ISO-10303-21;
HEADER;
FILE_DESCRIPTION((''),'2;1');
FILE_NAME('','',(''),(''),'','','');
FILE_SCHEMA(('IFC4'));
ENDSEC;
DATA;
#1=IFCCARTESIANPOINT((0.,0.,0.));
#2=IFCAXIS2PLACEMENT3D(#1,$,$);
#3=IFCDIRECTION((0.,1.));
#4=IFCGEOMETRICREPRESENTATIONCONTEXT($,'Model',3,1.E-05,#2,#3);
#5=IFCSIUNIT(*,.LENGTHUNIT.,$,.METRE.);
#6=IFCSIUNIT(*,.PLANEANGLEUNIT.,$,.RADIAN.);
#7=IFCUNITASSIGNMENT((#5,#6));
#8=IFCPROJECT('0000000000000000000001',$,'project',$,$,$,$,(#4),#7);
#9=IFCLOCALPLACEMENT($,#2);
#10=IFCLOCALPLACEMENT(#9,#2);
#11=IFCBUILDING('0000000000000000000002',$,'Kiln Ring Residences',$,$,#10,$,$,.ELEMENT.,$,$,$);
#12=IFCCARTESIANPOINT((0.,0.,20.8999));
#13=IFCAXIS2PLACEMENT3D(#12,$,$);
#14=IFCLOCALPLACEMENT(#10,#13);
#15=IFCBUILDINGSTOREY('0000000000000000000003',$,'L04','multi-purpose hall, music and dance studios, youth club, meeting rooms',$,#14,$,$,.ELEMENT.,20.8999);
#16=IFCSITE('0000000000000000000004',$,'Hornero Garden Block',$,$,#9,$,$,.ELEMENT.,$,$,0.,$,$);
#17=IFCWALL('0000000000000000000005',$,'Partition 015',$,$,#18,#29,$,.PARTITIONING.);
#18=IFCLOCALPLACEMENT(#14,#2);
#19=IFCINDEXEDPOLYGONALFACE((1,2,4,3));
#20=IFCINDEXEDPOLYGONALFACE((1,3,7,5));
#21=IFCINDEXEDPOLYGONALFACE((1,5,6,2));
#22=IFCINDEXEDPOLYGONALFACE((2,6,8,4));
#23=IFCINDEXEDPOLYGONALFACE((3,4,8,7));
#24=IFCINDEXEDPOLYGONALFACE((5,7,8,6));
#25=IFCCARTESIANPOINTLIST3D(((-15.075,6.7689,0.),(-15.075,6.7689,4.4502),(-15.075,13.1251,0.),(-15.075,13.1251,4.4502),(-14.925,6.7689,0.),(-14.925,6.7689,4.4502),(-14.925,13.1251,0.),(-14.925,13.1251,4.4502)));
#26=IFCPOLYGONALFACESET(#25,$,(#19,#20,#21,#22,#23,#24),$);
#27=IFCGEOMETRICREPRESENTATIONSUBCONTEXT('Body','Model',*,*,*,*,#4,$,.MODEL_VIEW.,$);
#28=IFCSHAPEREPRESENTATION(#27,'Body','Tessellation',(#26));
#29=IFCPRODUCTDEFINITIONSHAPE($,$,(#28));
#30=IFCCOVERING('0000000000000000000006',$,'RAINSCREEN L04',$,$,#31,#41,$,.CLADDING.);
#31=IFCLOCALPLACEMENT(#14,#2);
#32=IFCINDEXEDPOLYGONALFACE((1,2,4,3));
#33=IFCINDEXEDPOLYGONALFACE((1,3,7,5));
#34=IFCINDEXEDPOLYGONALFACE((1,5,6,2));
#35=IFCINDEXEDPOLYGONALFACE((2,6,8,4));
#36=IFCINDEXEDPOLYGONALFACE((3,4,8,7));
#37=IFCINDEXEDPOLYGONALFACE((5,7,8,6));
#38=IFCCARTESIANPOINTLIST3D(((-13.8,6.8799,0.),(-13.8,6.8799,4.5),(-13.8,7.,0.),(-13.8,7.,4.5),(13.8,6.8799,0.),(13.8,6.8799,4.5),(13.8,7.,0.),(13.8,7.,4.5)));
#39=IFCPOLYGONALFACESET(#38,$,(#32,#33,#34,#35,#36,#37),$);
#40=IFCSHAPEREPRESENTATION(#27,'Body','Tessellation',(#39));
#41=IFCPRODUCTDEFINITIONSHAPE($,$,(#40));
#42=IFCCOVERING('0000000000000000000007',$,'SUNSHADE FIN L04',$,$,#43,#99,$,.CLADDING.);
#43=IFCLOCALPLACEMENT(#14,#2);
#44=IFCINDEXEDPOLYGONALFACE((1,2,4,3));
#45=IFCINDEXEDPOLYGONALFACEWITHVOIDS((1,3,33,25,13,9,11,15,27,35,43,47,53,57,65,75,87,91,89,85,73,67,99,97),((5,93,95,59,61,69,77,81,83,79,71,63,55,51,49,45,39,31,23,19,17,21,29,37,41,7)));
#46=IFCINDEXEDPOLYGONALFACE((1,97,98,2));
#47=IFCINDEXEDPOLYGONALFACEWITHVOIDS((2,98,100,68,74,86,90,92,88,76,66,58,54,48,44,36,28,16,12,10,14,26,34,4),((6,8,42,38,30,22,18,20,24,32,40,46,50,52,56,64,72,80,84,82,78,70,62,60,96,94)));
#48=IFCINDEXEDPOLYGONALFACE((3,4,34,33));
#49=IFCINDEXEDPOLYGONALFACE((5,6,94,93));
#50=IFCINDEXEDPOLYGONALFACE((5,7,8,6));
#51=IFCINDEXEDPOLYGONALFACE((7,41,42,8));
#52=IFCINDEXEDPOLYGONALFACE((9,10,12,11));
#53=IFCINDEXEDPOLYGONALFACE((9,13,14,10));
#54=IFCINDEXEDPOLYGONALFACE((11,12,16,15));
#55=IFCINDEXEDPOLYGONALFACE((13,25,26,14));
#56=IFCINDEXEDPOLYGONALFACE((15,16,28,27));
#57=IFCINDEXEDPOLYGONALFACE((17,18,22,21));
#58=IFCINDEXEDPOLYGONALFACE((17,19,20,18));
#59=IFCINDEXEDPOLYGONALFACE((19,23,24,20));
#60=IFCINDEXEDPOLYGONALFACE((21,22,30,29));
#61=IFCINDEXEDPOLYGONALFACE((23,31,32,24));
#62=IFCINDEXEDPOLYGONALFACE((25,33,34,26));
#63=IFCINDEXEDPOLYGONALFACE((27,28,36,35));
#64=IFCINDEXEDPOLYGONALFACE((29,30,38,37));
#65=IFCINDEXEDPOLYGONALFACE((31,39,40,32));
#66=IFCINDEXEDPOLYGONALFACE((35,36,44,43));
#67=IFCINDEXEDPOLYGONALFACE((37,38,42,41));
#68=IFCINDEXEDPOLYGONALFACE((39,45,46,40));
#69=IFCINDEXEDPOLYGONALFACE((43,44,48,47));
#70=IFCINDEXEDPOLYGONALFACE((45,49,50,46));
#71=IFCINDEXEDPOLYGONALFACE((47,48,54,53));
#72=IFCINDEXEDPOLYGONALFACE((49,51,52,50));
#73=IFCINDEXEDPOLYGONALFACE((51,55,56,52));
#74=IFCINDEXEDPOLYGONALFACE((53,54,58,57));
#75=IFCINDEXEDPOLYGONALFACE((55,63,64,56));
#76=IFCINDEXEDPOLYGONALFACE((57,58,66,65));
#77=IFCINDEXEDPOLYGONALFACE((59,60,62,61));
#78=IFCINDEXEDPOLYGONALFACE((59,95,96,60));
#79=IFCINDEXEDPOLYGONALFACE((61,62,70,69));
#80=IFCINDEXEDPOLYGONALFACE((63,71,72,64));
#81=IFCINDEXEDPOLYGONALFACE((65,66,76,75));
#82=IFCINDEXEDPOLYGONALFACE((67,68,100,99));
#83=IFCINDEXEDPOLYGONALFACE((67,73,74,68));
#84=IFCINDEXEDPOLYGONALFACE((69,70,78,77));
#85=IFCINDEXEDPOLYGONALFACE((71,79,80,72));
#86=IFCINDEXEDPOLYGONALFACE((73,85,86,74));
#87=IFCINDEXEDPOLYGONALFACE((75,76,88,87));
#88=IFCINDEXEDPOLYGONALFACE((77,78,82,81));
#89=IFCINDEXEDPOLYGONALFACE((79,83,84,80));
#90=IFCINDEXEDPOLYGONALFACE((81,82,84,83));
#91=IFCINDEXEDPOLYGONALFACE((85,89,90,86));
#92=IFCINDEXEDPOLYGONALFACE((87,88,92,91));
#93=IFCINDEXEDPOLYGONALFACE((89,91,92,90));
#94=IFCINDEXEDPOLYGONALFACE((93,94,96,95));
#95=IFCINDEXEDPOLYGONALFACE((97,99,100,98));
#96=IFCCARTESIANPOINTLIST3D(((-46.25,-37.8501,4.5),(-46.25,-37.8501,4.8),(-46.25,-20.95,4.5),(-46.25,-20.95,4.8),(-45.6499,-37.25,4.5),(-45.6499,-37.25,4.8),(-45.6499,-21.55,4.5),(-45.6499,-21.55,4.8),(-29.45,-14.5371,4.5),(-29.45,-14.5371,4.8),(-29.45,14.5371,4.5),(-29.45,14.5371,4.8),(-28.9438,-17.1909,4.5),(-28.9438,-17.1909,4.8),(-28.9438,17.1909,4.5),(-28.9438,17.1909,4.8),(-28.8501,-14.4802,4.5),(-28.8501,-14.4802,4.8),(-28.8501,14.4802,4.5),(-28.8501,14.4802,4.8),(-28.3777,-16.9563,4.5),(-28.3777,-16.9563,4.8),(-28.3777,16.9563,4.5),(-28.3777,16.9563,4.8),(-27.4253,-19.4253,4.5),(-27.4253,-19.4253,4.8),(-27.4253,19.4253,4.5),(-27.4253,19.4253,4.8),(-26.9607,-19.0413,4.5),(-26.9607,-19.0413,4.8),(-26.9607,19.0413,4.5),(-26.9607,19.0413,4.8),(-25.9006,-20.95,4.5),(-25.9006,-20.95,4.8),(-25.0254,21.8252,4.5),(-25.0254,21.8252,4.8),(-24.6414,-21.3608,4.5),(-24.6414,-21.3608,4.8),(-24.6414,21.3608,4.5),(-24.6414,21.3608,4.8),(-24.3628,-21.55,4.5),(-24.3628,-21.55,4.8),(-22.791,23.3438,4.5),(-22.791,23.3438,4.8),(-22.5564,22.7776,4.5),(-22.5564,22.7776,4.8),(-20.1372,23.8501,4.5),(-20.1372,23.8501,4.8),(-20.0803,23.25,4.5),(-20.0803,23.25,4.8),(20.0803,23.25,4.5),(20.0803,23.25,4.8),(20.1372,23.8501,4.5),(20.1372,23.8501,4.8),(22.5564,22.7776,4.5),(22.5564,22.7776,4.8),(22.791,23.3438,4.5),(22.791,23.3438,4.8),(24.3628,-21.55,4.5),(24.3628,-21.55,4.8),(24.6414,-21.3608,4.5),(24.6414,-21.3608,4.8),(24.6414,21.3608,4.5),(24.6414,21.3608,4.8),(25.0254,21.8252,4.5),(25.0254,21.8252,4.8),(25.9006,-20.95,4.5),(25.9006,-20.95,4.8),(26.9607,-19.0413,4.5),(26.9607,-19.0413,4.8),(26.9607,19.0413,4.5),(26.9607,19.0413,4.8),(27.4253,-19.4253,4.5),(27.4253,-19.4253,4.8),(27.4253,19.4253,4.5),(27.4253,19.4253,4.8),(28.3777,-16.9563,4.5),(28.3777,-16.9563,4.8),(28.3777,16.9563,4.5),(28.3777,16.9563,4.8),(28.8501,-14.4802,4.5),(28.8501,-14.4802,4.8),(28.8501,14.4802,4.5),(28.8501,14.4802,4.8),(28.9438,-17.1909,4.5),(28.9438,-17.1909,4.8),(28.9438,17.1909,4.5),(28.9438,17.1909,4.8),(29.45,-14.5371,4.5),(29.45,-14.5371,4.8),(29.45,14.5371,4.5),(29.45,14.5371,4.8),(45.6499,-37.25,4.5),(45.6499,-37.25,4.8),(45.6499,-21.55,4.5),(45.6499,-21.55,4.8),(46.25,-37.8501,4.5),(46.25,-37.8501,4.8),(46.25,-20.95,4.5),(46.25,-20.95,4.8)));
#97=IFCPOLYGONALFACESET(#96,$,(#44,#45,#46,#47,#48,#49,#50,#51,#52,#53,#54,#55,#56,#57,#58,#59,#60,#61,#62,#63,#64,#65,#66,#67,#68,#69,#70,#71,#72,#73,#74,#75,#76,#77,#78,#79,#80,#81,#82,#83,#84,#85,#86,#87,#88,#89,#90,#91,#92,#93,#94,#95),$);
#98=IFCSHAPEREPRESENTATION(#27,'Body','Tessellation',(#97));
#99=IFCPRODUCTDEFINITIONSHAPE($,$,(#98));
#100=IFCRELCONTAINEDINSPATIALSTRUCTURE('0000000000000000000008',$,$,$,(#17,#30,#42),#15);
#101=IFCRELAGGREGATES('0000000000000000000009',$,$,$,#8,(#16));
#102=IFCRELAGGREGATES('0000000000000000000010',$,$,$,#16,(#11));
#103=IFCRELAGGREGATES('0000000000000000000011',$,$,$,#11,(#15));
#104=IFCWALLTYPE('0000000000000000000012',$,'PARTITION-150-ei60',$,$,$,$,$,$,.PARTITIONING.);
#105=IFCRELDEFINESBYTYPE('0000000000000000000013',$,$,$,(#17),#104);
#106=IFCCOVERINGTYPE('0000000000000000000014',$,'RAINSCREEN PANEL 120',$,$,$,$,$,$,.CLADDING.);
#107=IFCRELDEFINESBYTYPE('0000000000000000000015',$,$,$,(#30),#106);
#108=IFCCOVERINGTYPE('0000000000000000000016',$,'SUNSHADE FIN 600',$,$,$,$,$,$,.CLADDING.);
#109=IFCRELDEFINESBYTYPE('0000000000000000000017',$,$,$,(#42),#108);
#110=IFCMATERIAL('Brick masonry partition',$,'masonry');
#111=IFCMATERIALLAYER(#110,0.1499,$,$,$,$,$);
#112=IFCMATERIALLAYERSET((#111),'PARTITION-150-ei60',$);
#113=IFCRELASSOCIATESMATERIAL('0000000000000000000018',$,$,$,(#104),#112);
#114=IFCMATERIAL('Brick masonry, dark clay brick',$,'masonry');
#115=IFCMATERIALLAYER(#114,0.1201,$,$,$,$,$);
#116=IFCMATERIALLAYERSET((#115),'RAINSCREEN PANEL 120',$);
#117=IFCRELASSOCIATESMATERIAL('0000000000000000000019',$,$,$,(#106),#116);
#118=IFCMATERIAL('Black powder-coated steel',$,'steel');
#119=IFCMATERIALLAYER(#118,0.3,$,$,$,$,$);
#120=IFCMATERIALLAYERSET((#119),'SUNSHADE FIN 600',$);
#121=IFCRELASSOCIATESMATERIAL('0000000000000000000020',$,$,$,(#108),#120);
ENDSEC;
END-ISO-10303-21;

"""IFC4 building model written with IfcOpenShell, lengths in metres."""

from ifc_helpers import new_model, si_unit, direction, frame, frame_2d, origin, place, context, subcontext, project, spatial, polyline, rectangle, outline, extrude, material, layer, layer_set, type_object, element, save


model = new_model("IFC4")

# Units and contexts
model_context = context("Model", 3, precision=1e-05, world=origin(), true_north=direction((0.0, 1.0)))
body_context = subcontext(model_context, "Body", "Model", "MODEL_VIEW")
ifc_project = project(units=[si_unit("LENGTHUNIT", "METRE"), si_unit("PLANEANGLEUNIT", "RADIAN")], contexts=[model_context])

# Site, building, storey
site_placement = place(None, origin())
site = spatial("IfcSite", under=ifc_project, at=site_placement, Name="Hornero Garden Block", CompositionType="ELEMENT", RefElevation=0.0)
building_placement = place(site_placement, origin())
building = spatial("IfcBuilding", under=site, at=building_placement, Name="Kiln Ring Residences", CompositionType="ELEMENT")
storey_placement = place(building_placement, frame((0.0, 0.0, 20.8999)))
storey = spatial("IfcBuildingStorey", under=building, at=storey_placement, Name="L04", Description="multi-purpose hall, music and dance studios, youth club, meeting rooms", CompositionType="ELEMENT", Elevation=20.8999)

# Shared definitions
placement_1 = place(storey_placement, frame((0.0, 0.0, 4.5)))

# Wall
ifc_material_1 = material(Name="Brick masonry partition", Category="masonry")
ifc_layer_1 = layer(ifc_material_1, 0.1499)
ifc_layer_set_1 = layer_set([ifc_layer_1], Name="PARTITION-150-ei60")
wall_type_1 = type_object("IfcWallType", Name="PARTITION-150-ei60", PredefinedType="PARTITIONING", material=ifc_layer_set_1)
wall_1_placement = place(storey_placement, frame((-15.0, 6.7688, 0.0), z_axis=(0.0, 0.0, 1.0), x_axis=(0.0, 1.0, 0.0)))
element("IfcWall", 1, at=wall_1_placement, inside=storey, type_object=wall_type_1, Name="Partition 015", PredefinedType="PARTITIONING", context=body_context, shape_type="SweptSolid", body=[
    extrude(rectangle(XDim=6.3562, YDim=0.1499, at=frame_2d((3.1782, 0.0))), origin(), (0.0, 0.0, 1.0), 4.4502),
])

# Coverings
ifc_material_2 = material(Name="Brick masonry, dark clay brick", Category="masonry")
ifc_layer_2 = layer(ifc_material_2, 0.1201)
ifc_layer_set_2 = layer_set([ifc_layer_2], Name="RAINSCREEN PANEL 120")
covering_type_1 = type_object("IfcCoveringType", Name="RAINSCREEN PANEL 120", PredefinedType="CLADDING", material=ifc_layer_set_2)
covering_1_placement = place(storey_placement, frame((-13.8, 6.9399, 0.0), z_axis=(0.0, 0.0, 1.0), x_axis=(1.0, 0.0, 0.0)))
element("IfcCovering", 2, at=covering_1_placement, inside=storey, type_object=covering_type_1, Name="RAINSCREEN L04", PredefinedType="CLADDING", context=body_context, shape_type="SweptSolid", body=[
    extrude(outline(polyline([(0.0, 0.0), (27.6001, 0.0), (27.6001, 4.5), (0.0, 4.5), (0.0, 0.0)])), frame((0.0, 0.0601, 0.0), z_axis=(0.0, -1.0, 0.0), x_axis=(1.0, 0.0, 0.0)), (0.0, 0.0, 1.0), 0.1201),
])
ifc_material_3 = material(Name="Black powder-coated steel", Category="steel")
ifc_layer_3 = layer(ifc_material_3, 0.3)
ifc_layer_set_3 = layer_set([ifc_layer_3], Name="SUNSHADE FIN 600")
covering_type_2 = type_object("IfcCoveringType", Name="SUNSHADE FIN 600", PredefinedType="CLADDING", material=ifc_layer_set_3)
element("IfcCovering", 3, at=placement_1, inside=storey, type_object=covering_type_2, Name="SUNSHADE FIN L04", PredefinedType="CLADDING", context=body_context, shape_type="SweptSolid", body=[
    extrude(outline(polyline([(-27.4253, -19.4253), (-25.9006, -20.95), (-46.25, -20.95), (-46.25, -37.8501), (46.25, -37.8501), (46.25, -20.95), (25.9006, -20.95), (27.4253, -19.4253), (28.9438, -17.1909), (29.45, -14.5371), (29.45, 14.5371), (28.9438, 17.1909), (27.4253, 19.4253), (25.0254, 21.8252), (22.791, 23.3438), (20.1372, 23.8501), (-20.1372, 23.8501), (-22.791, 23.3438), (-25.0254, 21.8252), (-27.4253, 19.4253), (-28.9438, 17.1909), (-29.45, 14.5371), (-29.45, -14.5371), (-28.9438, -17.1909), (-27.4253, -19.4253)]), holes=[polyline([(-45.6499, -21.55), (-24.3628, -21.55), (-24.6414, -21.3608), (-26.9607, -19.0413), (-28.3777, -16.9563), (-28.8501, -14.4802), (-28.8501, 14.4802), (-28.3777, 16.9563), (-26.9607, 19.0413), (-24.6414, 21.3608), (-22.5564, 22.7776), (-20.0803, 23.25), (20.0803, 23.25), (22.5564, 22.7776), (24.6414, 21.3608), (26.9607, 19.0413), (28.3777, 16.9563), (28.8501, 14.4802), (28.8501, -14.4802), (28.3777, -16.9563), (26.9607, -19.0413), (24.6414, -21.3608), (24.3628, -21.55), (45.6499, -21.55), (45.6499, -37.25), (-45.6499, -37.25), (-45.6499, -21.55)])]), origin(), (0.0, 0.0, 1.0), 0.3),
])

save(model, "model.ifc")
